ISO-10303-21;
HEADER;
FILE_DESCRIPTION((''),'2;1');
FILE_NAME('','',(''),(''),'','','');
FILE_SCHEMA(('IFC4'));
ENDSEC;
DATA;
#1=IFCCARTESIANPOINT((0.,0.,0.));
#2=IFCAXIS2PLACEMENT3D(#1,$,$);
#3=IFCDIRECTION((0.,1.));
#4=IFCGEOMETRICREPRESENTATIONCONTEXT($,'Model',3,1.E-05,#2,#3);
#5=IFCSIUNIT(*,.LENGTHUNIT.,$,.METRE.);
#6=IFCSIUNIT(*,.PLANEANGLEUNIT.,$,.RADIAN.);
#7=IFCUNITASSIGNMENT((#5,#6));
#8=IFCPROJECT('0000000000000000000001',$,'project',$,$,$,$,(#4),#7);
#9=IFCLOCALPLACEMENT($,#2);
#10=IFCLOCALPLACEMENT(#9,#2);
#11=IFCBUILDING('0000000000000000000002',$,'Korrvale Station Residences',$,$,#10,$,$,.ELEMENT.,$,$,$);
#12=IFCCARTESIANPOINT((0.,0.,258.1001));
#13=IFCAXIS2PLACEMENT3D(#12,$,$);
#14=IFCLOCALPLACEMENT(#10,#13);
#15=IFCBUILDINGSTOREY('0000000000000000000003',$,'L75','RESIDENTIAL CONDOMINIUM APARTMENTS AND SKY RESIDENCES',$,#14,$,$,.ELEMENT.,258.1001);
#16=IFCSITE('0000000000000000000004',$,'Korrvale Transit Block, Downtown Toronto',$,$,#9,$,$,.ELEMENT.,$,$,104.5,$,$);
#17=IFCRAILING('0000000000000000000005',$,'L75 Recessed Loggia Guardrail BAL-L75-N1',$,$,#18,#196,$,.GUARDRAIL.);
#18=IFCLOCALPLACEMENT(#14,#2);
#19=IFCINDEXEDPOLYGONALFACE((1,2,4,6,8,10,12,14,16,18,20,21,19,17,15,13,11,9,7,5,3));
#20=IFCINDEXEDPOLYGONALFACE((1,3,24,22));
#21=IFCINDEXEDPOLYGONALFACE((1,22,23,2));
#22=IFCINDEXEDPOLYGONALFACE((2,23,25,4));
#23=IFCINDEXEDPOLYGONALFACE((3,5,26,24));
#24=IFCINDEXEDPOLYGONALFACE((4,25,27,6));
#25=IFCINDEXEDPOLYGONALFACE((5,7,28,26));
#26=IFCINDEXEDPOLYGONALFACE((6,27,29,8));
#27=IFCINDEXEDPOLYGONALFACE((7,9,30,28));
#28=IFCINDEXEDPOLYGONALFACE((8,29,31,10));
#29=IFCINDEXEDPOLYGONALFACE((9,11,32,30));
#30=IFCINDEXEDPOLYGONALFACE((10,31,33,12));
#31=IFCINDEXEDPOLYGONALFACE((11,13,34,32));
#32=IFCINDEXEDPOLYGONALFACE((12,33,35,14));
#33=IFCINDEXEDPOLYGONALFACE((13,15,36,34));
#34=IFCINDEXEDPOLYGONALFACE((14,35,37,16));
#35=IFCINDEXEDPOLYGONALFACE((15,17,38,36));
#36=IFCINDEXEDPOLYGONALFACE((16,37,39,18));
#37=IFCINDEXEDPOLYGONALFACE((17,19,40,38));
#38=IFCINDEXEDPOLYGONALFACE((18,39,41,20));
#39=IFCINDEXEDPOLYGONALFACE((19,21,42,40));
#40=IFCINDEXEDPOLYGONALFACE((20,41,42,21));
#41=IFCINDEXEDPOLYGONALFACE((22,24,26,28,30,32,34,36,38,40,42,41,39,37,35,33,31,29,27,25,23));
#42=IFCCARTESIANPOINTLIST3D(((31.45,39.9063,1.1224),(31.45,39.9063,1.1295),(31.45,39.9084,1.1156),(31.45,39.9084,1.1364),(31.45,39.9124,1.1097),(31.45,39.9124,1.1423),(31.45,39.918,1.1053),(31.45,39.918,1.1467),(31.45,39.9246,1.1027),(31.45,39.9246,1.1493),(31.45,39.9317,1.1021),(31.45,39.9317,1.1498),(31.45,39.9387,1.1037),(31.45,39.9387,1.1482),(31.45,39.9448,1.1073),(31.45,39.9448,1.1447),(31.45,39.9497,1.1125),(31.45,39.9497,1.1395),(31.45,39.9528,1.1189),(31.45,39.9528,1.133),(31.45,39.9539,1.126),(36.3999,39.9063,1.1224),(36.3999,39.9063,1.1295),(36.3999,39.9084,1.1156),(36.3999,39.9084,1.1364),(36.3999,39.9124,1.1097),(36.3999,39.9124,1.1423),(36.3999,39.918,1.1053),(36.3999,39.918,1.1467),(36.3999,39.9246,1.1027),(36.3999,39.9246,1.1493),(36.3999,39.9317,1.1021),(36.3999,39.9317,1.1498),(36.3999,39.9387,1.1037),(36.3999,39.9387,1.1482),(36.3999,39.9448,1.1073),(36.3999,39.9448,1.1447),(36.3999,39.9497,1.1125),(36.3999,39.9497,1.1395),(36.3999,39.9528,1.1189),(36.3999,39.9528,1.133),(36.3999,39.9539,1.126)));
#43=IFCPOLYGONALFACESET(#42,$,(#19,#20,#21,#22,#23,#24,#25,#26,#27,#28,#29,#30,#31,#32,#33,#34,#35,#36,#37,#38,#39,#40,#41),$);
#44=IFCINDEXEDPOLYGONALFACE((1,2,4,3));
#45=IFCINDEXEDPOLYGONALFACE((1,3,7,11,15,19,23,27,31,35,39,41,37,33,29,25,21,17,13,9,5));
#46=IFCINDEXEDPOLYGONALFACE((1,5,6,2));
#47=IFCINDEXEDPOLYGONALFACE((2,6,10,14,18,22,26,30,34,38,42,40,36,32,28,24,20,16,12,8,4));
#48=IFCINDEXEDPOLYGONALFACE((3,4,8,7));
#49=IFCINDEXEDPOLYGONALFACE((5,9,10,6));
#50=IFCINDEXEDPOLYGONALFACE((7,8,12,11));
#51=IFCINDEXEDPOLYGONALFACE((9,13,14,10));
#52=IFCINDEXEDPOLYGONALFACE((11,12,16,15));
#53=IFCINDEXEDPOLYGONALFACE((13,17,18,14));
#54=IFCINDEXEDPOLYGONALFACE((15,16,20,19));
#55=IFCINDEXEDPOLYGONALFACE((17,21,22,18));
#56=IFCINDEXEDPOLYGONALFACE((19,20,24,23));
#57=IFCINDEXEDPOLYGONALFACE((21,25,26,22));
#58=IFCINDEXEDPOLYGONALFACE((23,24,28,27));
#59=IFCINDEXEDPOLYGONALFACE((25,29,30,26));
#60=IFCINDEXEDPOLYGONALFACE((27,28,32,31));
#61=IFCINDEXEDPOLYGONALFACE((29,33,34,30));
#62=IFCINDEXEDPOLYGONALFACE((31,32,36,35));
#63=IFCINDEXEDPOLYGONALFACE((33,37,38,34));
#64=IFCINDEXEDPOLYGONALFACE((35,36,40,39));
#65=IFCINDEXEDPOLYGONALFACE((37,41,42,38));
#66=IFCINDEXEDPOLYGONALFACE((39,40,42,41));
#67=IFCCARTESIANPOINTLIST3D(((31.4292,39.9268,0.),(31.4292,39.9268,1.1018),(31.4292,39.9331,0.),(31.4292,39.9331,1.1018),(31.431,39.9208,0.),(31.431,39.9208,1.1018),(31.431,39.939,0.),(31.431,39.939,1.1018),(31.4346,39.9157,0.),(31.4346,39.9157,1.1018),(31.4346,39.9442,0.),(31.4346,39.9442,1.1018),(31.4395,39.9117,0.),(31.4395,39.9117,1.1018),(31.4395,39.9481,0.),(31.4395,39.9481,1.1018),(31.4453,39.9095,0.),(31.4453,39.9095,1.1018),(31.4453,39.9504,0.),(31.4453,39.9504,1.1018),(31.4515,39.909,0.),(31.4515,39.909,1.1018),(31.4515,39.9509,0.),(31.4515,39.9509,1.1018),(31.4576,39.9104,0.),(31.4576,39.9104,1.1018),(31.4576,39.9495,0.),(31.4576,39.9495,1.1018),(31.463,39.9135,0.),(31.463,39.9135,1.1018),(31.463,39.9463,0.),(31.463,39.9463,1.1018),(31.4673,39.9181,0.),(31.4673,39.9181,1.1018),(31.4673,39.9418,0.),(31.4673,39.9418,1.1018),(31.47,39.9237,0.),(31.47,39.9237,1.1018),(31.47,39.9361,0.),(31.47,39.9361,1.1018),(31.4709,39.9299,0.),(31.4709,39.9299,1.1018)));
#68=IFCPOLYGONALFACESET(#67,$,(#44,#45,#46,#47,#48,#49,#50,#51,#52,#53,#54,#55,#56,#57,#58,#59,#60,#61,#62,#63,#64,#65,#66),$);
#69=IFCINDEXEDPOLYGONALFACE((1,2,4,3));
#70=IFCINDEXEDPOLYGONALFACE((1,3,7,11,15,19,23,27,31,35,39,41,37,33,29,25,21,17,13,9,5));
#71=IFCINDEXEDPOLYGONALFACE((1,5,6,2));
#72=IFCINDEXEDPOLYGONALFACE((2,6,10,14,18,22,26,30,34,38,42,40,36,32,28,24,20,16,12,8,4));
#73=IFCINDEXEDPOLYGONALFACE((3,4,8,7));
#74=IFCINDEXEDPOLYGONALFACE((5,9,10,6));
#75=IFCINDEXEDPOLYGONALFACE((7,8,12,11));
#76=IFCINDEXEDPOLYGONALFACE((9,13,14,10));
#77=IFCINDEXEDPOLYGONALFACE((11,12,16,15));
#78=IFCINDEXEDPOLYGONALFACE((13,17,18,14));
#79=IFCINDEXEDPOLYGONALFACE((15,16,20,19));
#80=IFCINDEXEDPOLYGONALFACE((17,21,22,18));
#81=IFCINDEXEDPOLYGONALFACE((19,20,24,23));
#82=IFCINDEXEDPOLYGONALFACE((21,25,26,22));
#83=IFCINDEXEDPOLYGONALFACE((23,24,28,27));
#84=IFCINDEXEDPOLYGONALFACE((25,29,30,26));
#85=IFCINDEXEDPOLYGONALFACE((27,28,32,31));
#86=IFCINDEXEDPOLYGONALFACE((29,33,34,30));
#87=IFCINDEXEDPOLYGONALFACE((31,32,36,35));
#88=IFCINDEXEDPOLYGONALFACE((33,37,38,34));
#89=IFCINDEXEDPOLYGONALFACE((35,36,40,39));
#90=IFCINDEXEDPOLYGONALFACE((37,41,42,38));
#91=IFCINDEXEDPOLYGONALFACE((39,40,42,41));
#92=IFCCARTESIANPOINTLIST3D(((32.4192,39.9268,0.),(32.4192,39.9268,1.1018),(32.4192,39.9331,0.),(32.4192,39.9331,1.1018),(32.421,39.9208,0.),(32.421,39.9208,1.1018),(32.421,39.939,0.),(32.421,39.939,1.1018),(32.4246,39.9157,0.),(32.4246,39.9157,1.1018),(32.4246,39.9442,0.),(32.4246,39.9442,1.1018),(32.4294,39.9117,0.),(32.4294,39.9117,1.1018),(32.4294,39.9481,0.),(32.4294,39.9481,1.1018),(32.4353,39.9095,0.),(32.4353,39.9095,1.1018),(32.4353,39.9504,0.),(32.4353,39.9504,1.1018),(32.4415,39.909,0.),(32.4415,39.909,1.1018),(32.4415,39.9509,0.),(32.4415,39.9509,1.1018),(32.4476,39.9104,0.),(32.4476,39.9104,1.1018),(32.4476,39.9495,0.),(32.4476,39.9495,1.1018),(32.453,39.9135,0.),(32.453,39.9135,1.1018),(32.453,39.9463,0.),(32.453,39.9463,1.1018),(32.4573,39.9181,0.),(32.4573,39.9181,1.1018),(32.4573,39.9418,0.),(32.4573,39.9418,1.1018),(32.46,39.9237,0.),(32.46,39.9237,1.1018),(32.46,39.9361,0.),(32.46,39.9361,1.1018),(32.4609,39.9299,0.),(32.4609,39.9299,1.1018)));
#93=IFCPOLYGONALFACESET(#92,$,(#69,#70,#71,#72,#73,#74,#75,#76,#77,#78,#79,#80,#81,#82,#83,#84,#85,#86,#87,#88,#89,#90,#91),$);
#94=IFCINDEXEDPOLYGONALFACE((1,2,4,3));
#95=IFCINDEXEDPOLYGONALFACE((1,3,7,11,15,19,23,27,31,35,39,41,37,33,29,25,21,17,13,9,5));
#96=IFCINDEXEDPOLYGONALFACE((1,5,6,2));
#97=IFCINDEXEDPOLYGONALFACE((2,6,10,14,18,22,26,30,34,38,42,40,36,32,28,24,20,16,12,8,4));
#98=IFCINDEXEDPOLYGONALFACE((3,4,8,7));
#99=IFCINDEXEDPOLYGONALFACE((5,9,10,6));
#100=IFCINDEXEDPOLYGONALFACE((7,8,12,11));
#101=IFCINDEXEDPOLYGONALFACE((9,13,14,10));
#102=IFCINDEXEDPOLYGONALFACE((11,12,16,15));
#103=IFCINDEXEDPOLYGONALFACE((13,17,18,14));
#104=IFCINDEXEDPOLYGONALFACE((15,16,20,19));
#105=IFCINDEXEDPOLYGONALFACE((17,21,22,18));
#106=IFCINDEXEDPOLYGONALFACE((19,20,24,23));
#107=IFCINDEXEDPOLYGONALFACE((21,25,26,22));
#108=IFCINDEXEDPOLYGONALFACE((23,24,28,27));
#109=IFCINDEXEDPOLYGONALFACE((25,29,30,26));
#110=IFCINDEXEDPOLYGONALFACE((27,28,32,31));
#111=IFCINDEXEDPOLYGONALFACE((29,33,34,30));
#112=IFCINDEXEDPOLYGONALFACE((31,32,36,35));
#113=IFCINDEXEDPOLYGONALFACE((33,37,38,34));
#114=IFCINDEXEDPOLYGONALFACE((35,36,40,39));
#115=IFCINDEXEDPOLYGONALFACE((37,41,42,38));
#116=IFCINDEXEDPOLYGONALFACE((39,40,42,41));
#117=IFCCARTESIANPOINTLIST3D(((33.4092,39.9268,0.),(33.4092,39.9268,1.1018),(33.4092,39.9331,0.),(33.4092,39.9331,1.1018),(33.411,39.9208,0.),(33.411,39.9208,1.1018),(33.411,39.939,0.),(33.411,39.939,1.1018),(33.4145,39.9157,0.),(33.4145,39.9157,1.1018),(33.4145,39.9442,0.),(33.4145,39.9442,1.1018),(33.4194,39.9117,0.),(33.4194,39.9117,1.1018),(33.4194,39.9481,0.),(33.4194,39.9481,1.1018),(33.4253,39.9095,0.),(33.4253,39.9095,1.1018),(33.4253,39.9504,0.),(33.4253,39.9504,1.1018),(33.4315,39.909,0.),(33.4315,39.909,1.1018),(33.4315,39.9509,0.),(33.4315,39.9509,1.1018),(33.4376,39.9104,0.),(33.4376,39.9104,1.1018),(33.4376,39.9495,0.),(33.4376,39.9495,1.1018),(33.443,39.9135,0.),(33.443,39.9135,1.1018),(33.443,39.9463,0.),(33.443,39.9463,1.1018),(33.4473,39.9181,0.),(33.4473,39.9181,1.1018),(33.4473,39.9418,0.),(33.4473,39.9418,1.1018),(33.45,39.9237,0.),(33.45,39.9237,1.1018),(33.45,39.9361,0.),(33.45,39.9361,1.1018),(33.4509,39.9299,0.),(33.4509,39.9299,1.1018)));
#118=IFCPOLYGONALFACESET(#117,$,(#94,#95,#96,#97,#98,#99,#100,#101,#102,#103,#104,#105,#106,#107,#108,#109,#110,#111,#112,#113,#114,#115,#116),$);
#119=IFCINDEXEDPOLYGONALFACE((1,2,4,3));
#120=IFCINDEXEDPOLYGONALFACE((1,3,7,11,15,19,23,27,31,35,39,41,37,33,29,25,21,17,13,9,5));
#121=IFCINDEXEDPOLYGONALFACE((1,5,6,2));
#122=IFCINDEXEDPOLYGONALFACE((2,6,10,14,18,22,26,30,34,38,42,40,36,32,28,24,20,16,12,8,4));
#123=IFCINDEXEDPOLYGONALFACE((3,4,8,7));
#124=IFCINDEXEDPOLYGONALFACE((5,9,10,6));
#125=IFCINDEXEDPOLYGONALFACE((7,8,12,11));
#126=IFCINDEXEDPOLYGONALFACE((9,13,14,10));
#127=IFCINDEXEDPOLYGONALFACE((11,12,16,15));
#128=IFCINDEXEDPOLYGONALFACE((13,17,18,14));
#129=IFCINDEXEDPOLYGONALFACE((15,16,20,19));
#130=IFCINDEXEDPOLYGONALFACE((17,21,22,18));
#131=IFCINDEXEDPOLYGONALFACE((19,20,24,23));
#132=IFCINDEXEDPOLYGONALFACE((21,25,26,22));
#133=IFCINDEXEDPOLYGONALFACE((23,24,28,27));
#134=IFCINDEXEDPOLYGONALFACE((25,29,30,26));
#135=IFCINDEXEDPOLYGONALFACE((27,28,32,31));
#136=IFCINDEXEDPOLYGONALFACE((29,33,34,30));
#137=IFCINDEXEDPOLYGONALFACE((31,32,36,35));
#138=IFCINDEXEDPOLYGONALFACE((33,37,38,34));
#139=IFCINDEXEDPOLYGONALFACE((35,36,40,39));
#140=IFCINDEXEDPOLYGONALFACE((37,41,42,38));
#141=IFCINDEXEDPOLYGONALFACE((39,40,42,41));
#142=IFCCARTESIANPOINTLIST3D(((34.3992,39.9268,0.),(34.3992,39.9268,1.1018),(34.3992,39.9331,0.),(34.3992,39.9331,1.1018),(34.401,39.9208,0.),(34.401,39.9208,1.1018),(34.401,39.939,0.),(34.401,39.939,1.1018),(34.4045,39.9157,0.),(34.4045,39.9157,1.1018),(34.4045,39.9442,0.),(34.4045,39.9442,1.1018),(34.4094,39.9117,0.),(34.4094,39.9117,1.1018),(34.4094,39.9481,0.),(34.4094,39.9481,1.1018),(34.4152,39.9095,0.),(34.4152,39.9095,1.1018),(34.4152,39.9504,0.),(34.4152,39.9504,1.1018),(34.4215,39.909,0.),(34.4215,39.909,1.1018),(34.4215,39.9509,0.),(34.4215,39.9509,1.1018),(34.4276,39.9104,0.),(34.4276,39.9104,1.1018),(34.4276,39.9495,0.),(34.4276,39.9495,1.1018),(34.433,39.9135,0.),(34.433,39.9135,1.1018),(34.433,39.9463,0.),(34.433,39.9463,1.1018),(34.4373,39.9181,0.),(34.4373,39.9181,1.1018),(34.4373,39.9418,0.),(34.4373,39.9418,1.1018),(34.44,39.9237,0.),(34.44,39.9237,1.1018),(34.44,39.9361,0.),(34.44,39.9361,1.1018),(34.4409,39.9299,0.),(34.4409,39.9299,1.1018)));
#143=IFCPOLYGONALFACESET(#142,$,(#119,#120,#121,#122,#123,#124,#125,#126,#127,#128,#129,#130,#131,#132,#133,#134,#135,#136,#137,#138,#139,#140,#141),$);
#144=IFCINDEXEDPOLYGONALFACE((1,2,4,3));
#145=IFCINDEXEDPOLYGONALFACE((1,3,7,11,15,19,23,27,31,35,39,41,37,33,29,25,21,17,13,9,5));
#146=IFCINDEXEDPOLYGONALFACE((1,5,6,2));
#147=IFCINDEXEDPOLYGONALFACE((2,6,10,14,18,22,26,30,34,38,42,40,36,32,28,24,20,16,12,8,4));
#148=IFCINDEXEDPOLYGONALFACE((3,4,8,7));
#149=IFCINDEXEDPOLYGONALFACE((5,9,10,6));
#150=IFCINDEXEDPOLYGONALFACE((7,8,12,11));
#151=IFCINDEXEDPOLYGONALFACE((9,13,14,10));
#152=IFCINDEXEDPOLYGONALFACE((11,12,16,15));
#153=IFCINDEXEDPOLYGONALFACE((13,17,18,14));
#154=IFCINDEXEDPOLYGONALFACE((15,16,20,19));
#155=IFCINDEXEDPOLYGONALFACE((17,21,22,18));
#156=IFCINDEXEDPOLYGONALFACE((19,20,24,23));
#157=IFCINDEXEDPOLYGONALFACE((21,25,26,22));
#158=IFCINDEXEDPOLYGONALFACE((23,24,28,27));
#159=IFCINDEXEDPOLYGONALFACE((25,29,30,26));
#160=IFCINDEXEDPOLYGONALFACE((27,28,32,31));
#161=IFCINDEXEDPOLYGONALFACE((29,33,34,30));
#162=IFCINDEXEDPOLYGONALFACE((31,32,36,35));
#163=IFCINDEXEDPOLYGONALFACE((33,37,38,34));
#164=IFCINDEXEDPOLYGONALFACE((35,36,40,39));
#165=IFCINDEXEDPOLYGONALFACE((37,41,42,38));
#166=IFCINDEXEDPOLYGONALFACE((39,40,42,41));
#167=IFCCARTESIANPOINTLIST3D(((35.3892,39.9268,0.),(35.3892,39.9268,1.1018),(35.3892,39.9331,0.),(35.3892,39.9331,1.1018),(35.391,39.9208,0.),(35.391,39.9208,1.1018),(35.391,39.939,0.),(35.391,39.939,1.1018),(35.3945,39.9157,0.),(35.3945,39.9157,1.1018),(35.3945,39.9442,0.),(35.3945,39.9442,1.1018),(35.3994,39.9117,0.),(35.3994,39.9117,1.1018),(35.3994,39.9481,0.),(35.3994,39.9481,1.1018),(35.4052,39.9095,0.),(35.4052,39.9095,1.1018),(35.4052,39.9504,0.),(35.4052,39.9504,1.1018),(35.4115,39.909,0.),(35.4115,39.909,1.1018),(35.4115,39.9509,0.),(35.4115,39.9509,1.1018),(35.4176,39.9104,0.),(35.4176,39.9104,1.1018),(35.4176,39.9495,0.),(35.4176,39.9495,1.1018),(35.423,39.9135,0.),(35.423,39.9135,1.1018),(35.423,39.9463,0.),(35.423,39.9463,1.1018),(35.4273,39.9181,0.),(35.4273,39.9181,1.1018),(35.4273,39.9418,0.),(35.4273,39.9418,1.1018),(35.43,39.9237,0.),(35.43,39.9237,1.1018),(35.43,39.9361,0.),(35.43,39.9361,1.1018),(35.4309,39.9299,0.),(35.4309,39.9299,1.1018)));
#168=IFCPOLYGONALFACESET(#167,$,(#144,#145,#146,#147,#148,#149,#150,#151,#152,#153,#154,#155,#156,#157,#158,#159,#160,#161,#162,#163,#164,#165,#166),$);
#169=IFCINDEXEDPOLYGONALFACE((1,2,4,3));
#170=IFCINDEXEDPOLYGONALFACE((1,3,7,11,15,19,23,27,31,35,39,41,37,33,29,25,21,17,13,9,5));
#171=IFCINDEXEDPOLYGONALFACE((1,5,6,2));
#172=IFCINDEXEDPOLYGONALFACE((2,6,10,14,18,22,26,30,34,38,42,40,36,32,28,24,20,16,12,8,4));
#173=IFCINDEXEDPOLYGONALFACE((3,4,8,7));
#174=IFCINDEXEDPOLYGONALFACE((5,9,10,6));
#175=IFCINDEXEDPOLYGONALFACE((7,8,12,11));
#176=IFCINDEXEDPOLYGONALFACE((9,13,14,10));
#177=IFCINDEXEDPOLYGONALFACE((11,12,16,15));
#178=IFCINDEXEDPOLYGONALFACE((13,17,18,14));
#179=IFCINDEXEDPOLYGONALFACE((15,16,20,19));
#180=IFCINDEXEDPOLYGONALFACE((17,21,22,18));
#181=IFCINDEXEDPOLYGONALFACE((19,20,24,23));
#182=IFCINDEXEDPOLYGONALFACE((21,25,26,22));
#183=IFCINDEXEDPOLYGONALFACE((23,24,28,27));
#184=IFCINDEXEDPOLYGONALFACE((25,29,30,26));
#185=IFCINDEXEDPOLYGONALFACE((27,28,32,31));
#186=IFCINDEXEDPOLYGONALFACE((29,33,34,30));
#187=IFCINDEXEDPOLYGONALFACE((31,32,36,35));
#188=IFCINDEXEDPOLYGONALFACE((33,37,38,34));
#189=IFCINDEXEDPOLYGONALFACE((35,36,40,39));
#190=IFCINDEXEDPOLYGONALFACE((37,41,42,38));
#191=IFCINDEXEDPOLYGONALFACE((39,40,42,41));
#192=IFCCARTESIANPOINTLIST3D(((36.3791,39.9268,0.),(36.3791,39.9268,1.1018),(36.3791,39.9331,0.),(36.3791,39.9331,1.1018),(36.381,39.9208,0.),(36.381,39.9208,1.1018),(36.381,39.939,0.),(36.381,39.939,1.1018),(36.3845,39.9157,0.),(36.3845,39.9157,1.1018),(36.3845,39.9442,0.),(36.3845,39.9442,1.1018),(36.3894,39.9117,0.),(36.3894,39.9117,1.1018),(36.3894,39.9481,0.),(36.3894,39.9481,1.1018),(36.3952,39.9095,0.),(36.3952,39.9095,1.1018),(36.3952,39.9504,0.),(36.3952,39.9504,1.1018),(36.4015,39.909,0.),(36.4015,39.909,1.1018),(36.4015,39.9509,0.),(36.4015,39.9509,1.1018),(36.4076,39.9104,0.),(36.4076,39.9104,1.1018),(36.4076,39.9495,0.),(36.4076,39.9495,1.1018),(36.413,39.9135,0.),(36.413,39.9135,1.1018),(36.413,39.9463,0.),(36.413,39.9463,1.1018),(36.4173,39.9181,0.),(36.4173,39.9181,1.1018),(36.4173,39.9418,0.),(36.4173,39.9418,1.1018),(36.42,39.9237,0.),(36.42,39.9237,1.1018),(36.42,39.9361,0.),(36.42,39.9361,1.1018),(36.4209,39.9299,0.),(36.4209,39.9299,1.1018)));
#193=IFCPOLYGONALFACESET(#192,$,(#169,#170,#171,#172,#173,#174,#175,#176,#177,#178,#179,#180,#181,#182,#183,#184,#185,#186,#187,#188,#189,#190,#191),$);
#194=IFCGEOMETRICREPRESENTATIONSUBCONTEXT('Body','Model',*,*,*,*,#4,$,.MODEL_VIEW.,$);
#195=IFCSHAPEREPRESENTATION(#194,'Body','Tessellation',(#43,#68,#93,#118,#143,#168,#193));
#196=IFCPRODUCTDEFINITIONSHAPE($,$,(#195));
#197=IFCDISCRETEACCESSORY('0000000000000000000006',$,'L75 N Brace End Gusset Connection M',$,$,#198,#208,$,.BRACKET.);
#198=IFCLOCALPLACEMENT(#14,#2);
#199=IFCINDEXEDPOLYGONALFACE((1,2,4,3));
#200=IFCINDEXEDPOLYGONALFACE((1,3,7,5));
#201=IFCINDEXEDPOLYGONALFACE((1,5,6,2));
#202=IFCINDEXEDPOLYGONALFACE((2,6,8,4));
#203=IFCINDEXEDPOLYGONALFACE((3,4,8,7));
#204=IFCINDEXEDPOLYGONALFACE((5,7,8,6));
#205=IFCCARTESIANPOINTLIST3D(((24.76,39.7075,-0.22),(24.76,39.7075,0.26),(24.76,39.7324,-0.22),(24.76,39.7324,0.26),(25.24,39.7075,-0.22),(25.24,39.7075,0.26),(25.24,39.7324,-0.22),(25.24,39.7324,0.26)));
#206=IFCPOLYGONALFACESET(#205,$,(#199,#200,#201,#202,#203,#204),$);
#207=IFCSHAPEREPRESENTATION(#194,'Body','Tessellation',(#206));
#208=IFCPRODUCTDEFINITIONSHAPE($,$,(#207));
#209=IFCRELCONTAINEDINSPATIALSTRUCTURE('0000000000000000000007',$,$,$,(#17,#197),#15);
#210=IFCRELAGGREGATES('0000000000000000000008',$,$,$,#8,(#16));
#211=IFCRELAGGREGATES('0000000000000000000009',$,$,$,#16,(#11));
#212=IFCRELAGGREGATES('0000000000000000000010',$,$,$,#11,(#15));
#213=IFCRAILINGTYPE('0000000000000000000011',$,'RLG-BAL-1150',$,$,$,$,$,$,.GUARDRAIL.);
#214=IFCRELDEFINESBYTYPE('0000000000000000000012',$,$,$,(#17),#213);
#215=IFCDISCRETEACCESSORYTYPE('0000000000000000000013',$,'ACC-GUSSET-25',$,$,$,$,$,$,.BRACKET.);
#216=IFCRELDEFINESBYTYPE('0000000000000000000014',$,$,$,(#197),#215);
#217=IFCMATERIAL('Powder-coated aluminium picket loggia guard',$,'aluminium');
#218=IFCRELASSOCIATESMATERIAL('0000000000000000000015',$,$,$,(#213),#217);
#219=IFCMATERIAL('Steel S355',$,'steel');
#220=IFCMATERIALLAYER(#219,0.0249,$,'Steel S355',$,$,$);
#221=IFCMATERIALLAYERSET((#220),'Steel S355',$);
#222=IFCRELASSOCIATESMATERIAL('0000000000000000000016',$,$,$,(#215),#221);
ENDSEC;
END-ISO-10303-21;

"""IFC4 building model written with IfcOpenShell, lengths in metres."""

from ifc_helpers import new_model, si_unit, direction, frame, origin, origin_2d, place, context, subcontext, project, spatial, rectangle, circle, extrude, material, layer, layer_set, type_object, element, save


model = new_model("IFC4")

# Units and contexts
model_context = context("Model", 3, precision=1e-05, world=origin(), true_north=direction((0.0, 1.0)))
body_context = subcontext(model_context, "Body", "Model", "MODEL_VIEW")
ifc_project = project(units=[si_unit("LENGTHUNIT", "METRE"), si_unit("PLANEANGLEUNIT", "RADIAN")], contexts=[model_context])

# Site, building, storey
site_placement = place(None, origin())
site = spatial("IfcSite", under=ifc_project, at=site_placement, Name="Korrvale Transit Block, Downtown Toronto", CompositionType="ELEMENT", RefElevation=104.5)
building_placement = place(site_placement, origin())
building = spatial("IfcBuilding", under=site, at=building_placement, Name="Korrvale Station Residences", CompositionType="ELEMENT")
storey_placement = place(building_placement, frame((0.0, 0.0, 258.1001)))
storey = spatial("IfcBuildingStorey", under=building, at=storey_placement, Name="L75", Description="RESIDENTIAL CONDOMINIUM APARTMENTS AND SKY RESIDENCES", CompositionType="ELEMENT", Elevation=258.1001)

# Shared definitions
ifc_material_1 = material(Name="Steel S355", Category="steel")

# Railing
ifc_material_2 = material(Name="Powder-coated aluminium picket loggia guard", Category="aluminium")
railing_type = type_object("IfcRailingType", Name="RLG-BAL-1150", PredefinedType="GUARDRAIL", material=ifc_material_2)
railing_placement = place(storey_placement, frame((31.45, 39.9299, 0.0)))
element("IfcRailing", 1, at=railing_placement, inside=storey, type_object=railing_type, Name="L75 Recessed Loggia Guardrail BAL-L75-N1", PredefinedType="GUARDRAIL", context=body_context, shape_type="SweptSolid", body=[
    extrude(circle(Radius=0.0239, at=origin_2d()), frame((0.0, 0.0, 1.126), z_axis=(1.0, 0.0, 0.0), x_axis=(0.0, 1.0, 0.0)), (0.0, 0.0, 1.0), 4.95),
    extrude(circle(Radius=0.021, at=origin_2d()), origin(), (0.0, 0.0, 1.0), 1.1018),
    extrude(circle(Radius=0.021, at=origin_2d()), frame((0.99, 0.0, 0.0)), (0.0, 0.0, 1.0), 1.1018),
    extrude(circle(Radius=0.021, at=origin_2d()), frame((1.98, 0.0, 0.0)), (0.0, 0.0, 1.0), 1.1018),
    extrude(circle(Radius=0.021, at=origin_2d()), frame((2.97, 0.0, 0.0)), (0.0, 0.0, 1.0), 1.1018),
    extrude(circle(Radius=0.021, at=origin_2d()), frame((3.96, 0.0, 0.0)), (0.0, 0.0, 1.0), 1.1018),
    extrude(circle(Radius=0.021, at=origin_2d()), frame((4.95, 0.0, 0.0)), (0.0, 0.0, 1.0), 1.1018),
])

# Discrete accessory
ifc_layer_1 = layer(ifc_material_1, 0.0249, Name="Steel S355")
ifc_layer_set_1 = layer_set([ifc_layer_1], Name="Steel S355")
discrete_accessory_type = type_object("IfcDiscreteAccessoryType", Name="ACC-GUSSET-25", PredefinedType="BRACKET", material=ifc_layer_set_1)
for number, where, z_axis, x_axis, name in (
    (2, (25.0, 39.72, -0.22), (0.0, 0.0, 1.0), (1.0, 0.0, 0.0), "L75 N Brace End Gusset Connection M"),
):
    element("IfcDiscreteAccessory", number, at=place(storey_placement, frame(where, z_axis=z_axis, x_axis=x_axis)), inside=storey, type_object=discrete_accessory_type, Name=name, PredefinedType="BRACKET", context=body_context, shape_type="SweptSolid", body=[
        extrude(rectangle(XDim=0.48, YDim=0.0249, at=origin_2d()), origin(), (0.0, 0.0, 1.0), 0.48),
    ])

save(model, "model.ifc")
